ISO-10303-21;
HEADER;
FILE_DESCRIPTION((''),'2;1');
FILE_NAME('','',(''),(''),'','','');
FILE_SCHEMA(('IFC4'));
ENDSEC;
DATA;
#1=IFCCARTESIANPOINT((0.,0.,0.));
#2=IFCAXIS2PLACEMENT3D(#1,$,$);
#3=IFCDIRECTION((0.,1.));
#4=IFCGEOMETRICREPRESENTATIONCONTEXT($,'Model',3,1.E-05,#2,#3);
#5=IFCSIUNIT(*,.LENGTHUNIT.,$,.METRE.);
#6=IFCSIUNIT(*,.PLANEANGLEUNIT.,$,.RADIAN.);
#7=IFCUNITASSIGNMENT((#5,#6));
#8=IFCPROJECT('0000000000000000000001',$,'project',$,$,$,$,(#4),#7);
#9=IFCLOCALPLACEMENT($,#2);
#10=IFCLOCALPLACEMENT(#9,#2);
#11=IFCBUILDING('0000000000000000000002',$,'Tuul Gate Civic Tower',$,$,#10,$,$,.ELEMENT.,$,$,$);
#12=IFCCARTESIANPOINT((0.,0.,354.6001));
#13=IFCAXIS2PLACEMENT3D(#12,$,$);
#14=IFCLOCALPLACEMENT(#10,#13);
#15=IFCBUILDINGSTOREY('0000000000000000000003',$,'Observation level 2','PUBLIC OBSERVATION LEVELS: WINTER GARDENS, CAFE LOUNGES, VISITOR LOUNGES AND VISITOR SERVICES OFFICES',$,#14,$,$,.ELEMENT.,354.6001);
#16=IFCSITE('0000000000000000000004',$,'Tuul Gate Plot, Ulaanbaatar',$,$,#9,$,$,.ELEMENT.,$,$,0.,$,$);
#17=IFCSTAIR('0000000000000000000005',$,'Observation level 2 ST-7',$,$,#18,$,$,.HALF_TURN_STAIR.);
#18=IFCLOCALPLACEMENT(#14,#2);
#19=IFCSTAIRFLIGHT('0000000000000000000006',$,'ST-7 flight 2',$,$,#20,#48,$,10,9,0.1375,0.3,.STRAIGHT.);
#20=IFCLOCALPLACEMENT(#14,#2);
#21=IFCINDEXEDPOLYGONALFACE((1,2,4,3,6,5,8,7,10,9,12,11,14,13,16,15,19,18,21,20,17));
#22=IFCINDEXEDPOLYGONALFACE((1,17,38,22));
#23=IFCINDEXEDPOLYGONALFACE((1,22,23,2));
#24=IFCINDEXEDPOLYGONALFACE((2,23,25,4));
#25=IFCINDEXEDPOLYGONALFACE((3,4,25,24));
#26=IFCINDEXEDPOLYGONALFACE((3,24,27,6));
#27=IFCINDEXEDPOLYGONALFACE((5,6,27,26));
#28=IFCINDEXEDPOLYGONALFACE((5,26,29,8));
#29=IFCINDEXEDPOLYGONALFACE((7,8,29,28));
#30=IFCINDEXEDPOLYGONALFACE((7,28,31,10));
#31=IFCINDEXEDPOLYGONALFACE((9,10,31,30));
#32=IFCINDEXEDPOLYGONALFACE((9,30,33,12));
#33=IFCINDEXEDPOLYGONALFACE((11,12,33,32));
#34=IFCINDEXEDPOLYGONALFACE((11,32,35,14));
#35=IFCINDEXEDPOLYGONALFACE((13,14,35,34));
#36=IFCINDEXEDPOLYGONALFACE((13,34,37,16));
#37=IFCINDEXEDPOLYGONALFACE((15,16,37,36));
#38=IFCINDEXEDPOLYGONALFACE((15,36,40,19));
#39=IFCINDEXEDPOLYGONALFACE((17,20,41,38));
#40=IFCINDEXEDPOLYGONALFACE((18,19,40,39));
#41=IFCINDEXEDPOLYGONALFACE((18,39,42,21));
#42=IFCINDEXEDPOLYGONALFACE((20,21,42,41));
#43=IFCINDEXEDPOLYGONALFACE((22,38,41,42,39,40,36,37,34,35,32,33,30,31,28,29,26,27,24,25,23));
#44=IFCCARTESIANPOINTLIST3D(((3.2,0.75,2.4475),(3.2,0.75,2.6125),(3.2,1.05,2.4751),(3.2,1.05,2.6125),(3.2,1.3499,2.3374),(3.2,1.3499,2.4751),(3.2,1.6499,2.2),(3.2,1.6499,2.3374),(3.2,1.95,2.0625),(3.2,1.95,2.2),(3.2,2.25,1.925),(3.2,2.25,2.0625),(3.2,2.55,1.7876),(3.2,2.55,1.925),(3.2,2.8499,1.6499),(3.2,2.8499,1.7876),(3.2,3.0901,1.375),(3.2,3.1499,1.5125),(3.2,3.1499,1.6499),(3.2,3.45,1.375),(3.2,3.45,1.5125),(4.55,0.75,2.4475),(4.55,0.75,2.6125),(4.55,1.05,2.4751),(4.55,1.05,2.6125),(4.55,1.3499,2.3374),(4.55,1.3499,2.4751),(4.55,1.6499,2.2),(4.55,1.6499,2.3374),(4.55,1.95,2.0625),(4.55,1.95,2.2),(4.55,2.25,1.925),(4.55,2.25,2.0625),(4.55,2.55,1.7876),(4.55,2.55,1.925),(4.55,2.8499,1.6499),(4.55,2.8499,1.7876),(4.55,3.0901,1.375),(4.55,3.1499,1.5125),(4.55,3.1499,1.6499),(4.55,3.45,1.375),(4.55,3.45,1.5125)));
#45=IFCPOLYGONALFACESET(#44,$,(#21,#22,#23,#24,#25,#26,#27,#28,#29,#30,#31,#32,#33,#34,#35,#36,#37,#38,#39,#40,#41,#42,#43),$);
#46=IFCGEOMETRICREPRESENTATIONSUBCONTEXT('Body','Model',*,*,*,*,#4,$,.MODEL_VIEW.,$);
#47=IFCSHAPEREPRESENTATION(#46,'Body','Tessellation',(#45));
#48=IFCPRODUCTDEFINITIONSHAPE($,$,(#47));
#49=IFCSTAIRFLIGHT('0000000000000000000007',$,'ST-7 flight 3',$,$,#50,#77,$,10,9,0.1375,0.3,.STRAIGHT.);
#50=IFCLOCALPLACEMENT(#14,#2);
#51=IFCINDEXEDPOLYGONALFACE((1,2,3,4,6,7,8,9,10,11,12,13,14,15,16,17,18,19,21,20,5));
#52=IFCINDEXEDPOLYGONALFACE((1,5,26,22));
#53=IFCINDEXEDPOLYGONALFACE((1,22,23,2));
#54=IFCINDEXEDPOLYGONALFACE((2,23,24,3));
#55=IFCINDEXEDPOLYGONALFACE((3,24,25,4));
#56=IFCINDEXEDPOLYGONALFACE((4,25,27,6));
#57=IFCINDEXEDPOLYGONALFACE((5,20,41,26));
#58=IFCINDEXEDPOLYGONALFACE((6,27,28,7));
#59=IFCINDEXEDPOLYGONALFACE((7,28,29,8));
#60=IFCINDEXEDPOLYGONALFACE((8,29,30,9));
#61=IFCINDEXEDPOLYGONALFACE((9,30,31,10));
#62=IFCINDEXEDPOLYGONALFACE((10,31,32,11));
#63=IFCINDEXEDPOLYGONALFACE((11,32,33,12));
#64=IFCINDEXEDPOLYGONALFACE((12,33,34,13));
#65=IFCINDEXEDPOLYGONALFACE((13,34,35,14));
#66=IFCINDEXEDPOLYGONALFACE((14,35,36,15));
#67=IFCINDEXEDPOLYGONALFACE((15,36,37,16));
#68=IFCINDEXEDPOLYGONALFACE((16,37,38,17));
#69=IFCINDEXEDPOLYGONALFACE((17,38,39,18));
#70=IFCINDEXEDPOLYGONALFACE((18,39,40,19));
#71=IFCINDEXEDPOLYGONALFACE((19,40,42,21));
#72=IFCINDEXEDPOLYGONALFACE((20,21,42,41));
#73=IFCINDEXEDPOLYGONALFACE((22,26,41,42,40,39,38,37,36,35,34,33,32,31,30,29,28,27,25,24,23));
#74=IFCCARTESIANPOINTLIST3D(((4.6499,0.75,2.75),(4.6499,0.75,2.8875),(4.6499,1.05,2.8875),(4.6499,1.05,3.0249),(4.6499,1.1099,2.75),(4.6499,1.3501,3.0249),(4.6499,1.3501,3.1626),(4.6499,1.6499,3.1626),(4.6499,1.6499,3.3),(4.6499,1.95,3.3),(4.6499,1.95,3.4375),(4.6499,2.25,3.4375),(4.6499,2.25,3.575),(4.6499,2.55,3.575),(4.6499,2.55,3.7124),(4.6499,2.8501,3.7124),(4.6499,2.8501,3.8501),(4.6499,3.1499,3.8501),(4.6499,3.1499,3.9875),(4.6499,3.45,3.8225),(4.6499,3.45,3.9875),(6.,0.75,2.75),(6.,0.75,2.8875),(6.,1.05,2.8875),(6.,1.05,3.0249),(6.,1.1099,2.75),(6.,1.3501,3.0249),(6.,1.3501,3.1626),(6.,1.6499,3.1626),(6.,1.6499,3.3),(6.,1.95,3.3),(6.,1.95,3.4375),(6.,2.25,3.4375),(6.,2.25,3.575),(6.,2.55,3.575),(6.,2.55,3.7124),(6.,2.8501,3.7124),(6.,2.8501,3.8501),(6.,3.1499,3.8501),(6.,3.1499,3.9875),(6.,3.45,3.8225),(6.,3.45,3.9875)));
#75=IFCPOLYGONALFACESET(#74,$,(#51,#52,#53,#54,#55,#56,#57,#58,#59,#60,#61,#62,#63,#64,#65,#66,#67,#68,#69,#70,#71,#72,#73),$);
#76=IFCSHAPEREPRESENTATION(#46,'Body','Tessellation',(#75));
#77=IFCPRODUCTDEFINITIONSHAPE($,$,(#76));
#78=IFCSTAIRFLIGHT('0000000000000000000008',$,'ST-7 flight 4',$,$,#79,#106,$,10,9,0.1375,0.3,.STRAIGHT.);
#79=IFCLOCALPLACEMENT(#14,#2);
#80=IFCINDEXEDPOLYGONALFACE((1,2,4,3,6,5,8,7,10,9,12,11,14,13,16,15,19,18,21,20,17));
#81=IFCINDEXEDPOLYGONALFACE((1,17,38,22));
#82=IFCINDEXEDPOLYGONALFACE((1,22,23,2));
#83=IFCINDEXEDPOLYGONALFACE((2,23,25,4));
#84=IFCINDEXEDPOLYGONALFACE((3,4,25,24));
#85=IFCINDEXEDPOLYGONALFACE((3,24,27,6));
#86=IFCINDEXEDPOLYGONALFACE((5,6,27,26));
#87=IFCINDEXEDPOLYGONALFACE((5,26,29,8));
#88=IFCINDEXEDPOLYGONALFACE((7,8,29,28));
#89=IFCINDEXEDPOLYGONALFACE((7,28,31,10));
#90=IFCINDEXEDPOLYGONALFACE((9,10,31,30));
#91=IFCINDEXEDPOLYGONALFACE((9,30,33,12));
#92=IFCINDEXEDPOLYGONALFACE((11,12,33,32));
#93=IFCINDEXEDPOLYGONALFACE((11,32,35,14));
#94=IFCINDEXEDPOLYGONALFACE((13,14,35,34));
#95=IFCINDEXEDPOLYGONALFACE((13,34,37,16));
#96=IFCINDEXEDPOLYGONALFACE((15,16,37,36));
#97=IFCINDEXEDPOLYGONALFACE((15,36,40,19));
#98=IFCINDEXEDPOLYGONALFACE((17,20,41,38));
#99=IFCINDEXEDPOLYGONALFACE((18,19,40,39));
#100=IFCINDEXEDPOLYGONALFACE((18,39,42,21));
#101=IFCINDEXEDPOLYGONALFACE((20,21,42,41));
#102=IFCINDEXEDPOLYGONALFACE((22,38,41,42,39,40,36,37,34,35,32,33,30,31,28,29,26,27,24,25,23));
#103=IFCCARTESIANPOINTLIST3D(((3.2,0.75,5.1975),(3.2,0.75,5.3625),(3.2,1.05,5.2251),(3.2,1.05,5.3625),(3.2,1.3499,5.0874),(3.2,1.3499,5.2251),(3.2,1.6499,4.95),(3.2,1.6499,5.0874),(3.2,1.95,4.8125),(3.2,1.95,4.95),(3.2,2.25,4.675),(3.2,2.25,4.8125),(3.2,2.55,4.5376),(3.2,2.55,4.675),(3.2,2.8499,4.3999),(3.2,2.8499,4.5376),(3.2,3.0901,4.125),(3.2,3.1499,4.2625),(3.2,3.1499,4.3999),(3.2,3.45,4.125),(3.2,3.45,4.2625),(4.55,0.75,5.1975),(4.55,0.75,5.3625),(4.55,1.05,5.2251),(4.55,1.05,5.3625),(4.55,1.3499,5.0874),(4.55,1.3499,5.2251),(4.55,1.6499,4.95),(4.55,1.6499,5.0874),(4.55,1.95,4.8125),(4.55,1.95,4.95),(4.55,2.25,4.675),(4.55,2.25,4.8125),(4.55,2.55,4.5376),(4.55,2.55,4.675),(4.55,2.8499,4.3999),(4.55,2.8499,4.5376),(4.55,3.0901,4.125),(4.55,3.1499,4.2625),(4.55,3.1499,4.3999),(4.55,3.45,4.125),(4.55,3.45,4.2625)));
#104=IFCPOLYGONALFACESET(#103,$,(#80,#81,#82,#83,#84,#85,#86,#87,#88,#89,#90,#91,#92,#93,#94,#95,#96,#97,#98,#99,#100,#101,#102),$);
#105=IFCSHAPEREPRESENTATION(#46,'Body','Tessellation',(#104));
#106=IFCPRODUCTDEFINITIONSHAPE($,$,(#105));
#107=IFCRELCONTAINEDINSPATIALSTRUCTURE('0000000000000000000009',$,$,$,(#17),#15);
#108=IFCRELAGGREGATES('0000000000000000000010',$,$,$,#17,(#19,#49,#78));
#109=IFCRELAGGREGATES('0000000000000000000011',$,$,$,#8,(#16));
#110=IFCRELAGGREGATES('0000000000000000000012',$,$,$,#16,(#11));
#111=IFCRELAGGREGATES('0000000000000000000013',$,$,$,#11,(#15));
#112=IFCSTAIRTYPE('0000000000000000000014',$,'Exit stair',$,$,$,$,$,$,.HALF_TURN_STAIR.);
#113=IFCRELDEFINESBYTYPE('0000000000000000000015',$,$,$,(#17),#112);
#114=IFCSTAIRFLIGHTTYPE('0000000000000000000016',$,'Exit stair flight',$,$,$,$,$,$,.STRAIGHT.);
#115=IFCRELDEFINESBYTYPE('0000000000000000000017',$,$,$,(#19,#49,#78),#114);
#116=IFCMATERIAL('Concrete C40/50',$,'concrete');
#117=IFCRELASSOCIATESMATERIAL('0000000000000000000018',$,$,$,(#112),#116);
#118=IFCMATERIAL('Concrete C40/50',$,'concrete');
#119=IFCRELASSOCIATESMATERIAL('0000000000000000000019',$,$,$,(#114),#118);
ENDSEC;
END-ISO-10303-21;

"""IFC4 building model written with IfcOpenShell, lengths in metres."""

from ifc_helpers import new_model, si_unit, direction, frame, origin, place, context, subcontext, project, spatial, polyline, outline, extrude, material, type_object, element, aggregate, save


model = new_model("IFC4")

# Units and contexts
model_context = context("Model", 3, precision=1e-05, world=origin(), true_north=direction((0.0, 1.0)))
body_context = subcontext(model_context, "Body", "Model", "MODEL_VIEW")
ifc_project = project(units=[si_unit("LENGTHUNIT", "METRE"), si_unit("PLANEANGLEUNIT", "RADIAN")], contexts=[model_context])

# Site, building, storey
site_placement = place(None, origin())
site = spatial("IfcSite", under=ifc_project, at=site_placement, Name="Tuul Gate Plot, Ulaanbaatar", CompositionType="ELEMENT", RefElevation=0.0)
building_placement = place(site_placement, origin())
building = spatial("IfcBuilding", under=site, at=building_placement, Name="Tuul Gate Civic Tower", CompositionType="ELEMENT")
storey_placement = place(building_placement, frame((0.0, 0.0, 354.6001)))
storey = spatial("IfcBuildingStorey", under=building, at=storey_placement, Name="Observation level 2", Description="PUBLIC OBSERVATION LEVELS: WINTER GARDENS, CAFE LOUNGES, VISITOR LOUNGES AND VISITOR SERVICES OFFICES", CompositionType="ELEMENT", Elevation=354.6001)

# Stair, stair flights
ifc_material_1 = material(Name="Concrete C40/50", Category="concrete")
stair_type = type_object("IfcStairType", Name="Exit stair", PredefinedType="HALF_TURN_STAIR", material=ifc_material_1)
stair_placement = place(storey_placement, origin())
stair = element("IfcStair", 1, at=stair_placement, inside=storey, type_object=stair_type, Name="Observation level 2 ST-7", PredefinedType="HALF_TURN_STAIR")
ifc_material_2 = material(Name="Concrete C40/50", Category="concrete")
stair_flight_type = type_object("IfcStairFlightType", Name="Exit stair flight", PredefinedType="STRAIGHT", material=ifc_material_2)
stair_flight_1_placement = place(storey_placement, frame((3.875, 3.45, 1.375), z_axis=(0.0, 0.0, 1.0), x_axis=(0.0, -1.0, 0.0)))
stair_flight_1 = element("IfcStairFlight", 2, at=stair_flight_1_placement, type_object=stair_flight_type, Name="ST-7 flight 2", NumberOfRisers=10, NumberOfTreads=9, PredefinedType="STRAIGHT", RiserHeight=0.1375, TreadLength=0.3, context=body_context, shape_type="SweptSolid", body=[
    extrude(outline(polyline([(0.0, 0.0), (0.0, 0.1375), (0.3, 0.1375), (0.3, 0.2749), (0.6001, 0.2749), (0.6001, 0.4126), (0.8999, 0.4126), (0.8999, 0.55), (1.2, 0.55), (1.2, 0.6875), (1.5, 0.6875), (1.5, 0.825), (1.8, 0.825), (1.8, 0.9624), (2.1001, 0.9624), (2.1001, 1.1001), (2.3999, 1.1001), (2.3999, 1.2375), (2.7, 1.2375), (2.7, 1.375), (2.7, 1.0725), (0.3599, 0.0), (0.0, 0.0)])), frame((0.0, 0.675, 0.0), z_axis=(0.0, -1.0, 0.0), x_axis=(1.0, 0.0, 0.0)), (0.0, 0.0, 1.0), 1.3501),
])
stair_flight_2_placement = place(storey_placement, frame((5.325, 0.75, 2.75), z_axis=(0.0, 0.0, 1.0), x_axis=(0.0, 1.0, 0.0)))
stair_flight_2 = element("IfcStairFlight", 3, at=stair_flight_2_placement, type_object=stair_flight_type, Name="ST-7 flight 3", NumberOfRisers=10, NumberOfTreads=9, PredefinedType="STRAIGHT", RiserHeight=0.1375, TreadLength=0.3, context=body_context, shape_type="SweptSolid", body=[
    extrude(outline(polyline([(0.0, 0.0), (0.0, 0.1375), (0.3, 0.1375), (0.3, 0.2749), (0.6001, 0.2749), (0.6001, 0.4126), (0.8999, 0.4126), (0.8999, 0.55), (1.2, 0.55), (1.2, 0.6875), (1.5, 0.6875), (1.5, 0.825), (1.8, 0.825), (1.8, 0.9624), (2.1001, 0.9624), (2.1001, 1.1001), (2.3999, 1.1001), (2.3999, 1.2375), (2.7, 1.2375), (2.7, 1.375), (2.7, 1.0725), (0.3599, 0.0), (0.0, 0.0)])), frame((0.0, 0.675, 0.0), z_axis=(0.0, -1.0, 0.0), x_axis=(1.0, 0.0, 0.0)), (0.0, 0.0, 1.0), 1.3501),
])
stair_flight_3_placement = place(storey_placement, frame((3.875, 3.45, 4.125), z_axis=(0.0, 0.0, 1.0), x_axis=(0.0, -1.0, 0.0)))
stair_flight_3 = element("IfcStairFlight", 4, at=stair_flight_3_placement, type_object=stair_flight_type, Name="ST-7 flight 4", NumberOfRisers=10, NumberOfTreads=9, PredefinedType="STRAIGHT", RiserHeight=0.1375, TreadLength=0.3, context=body_context, shape_type="SweptSolid", body=[
    extrude(outline(polyline([(0.0, 0.0), (0.0, 0.1375), (0.3, 0.1375), (0.3, 0.2749), (0.6001, 0.2749), (0.6001, 0.4126), (0.8999, 0.4126), (0.8999, 0.55), (1.2, 0.55), (1.2, 0.6875), (1.5, 0.6875), (1.5, 0.825), (1.8, 0.825), (1.8, 0.9624), (2.1001, 0.9624), (2.1001, 1.1001), (2.3999, 1.1001), (2.3999, 1.2375), (2.7, 1.2375), (2.7, 1.375), (2.7, 1.0725), (0.3599, 0.0), (0.0, 0.0)])), frame((0.0, 0.675, 0.0), z_axis=(0.0, -1.0, 0.0), x_axis=(1.0, 0.0, 0.0)), (0.0, 0.0, 1.0), 1.3501),
])
aggregate(stair, [stair_flight_1, stair_flight_2, stair_flight_3])

save(model, "model.ifc")
